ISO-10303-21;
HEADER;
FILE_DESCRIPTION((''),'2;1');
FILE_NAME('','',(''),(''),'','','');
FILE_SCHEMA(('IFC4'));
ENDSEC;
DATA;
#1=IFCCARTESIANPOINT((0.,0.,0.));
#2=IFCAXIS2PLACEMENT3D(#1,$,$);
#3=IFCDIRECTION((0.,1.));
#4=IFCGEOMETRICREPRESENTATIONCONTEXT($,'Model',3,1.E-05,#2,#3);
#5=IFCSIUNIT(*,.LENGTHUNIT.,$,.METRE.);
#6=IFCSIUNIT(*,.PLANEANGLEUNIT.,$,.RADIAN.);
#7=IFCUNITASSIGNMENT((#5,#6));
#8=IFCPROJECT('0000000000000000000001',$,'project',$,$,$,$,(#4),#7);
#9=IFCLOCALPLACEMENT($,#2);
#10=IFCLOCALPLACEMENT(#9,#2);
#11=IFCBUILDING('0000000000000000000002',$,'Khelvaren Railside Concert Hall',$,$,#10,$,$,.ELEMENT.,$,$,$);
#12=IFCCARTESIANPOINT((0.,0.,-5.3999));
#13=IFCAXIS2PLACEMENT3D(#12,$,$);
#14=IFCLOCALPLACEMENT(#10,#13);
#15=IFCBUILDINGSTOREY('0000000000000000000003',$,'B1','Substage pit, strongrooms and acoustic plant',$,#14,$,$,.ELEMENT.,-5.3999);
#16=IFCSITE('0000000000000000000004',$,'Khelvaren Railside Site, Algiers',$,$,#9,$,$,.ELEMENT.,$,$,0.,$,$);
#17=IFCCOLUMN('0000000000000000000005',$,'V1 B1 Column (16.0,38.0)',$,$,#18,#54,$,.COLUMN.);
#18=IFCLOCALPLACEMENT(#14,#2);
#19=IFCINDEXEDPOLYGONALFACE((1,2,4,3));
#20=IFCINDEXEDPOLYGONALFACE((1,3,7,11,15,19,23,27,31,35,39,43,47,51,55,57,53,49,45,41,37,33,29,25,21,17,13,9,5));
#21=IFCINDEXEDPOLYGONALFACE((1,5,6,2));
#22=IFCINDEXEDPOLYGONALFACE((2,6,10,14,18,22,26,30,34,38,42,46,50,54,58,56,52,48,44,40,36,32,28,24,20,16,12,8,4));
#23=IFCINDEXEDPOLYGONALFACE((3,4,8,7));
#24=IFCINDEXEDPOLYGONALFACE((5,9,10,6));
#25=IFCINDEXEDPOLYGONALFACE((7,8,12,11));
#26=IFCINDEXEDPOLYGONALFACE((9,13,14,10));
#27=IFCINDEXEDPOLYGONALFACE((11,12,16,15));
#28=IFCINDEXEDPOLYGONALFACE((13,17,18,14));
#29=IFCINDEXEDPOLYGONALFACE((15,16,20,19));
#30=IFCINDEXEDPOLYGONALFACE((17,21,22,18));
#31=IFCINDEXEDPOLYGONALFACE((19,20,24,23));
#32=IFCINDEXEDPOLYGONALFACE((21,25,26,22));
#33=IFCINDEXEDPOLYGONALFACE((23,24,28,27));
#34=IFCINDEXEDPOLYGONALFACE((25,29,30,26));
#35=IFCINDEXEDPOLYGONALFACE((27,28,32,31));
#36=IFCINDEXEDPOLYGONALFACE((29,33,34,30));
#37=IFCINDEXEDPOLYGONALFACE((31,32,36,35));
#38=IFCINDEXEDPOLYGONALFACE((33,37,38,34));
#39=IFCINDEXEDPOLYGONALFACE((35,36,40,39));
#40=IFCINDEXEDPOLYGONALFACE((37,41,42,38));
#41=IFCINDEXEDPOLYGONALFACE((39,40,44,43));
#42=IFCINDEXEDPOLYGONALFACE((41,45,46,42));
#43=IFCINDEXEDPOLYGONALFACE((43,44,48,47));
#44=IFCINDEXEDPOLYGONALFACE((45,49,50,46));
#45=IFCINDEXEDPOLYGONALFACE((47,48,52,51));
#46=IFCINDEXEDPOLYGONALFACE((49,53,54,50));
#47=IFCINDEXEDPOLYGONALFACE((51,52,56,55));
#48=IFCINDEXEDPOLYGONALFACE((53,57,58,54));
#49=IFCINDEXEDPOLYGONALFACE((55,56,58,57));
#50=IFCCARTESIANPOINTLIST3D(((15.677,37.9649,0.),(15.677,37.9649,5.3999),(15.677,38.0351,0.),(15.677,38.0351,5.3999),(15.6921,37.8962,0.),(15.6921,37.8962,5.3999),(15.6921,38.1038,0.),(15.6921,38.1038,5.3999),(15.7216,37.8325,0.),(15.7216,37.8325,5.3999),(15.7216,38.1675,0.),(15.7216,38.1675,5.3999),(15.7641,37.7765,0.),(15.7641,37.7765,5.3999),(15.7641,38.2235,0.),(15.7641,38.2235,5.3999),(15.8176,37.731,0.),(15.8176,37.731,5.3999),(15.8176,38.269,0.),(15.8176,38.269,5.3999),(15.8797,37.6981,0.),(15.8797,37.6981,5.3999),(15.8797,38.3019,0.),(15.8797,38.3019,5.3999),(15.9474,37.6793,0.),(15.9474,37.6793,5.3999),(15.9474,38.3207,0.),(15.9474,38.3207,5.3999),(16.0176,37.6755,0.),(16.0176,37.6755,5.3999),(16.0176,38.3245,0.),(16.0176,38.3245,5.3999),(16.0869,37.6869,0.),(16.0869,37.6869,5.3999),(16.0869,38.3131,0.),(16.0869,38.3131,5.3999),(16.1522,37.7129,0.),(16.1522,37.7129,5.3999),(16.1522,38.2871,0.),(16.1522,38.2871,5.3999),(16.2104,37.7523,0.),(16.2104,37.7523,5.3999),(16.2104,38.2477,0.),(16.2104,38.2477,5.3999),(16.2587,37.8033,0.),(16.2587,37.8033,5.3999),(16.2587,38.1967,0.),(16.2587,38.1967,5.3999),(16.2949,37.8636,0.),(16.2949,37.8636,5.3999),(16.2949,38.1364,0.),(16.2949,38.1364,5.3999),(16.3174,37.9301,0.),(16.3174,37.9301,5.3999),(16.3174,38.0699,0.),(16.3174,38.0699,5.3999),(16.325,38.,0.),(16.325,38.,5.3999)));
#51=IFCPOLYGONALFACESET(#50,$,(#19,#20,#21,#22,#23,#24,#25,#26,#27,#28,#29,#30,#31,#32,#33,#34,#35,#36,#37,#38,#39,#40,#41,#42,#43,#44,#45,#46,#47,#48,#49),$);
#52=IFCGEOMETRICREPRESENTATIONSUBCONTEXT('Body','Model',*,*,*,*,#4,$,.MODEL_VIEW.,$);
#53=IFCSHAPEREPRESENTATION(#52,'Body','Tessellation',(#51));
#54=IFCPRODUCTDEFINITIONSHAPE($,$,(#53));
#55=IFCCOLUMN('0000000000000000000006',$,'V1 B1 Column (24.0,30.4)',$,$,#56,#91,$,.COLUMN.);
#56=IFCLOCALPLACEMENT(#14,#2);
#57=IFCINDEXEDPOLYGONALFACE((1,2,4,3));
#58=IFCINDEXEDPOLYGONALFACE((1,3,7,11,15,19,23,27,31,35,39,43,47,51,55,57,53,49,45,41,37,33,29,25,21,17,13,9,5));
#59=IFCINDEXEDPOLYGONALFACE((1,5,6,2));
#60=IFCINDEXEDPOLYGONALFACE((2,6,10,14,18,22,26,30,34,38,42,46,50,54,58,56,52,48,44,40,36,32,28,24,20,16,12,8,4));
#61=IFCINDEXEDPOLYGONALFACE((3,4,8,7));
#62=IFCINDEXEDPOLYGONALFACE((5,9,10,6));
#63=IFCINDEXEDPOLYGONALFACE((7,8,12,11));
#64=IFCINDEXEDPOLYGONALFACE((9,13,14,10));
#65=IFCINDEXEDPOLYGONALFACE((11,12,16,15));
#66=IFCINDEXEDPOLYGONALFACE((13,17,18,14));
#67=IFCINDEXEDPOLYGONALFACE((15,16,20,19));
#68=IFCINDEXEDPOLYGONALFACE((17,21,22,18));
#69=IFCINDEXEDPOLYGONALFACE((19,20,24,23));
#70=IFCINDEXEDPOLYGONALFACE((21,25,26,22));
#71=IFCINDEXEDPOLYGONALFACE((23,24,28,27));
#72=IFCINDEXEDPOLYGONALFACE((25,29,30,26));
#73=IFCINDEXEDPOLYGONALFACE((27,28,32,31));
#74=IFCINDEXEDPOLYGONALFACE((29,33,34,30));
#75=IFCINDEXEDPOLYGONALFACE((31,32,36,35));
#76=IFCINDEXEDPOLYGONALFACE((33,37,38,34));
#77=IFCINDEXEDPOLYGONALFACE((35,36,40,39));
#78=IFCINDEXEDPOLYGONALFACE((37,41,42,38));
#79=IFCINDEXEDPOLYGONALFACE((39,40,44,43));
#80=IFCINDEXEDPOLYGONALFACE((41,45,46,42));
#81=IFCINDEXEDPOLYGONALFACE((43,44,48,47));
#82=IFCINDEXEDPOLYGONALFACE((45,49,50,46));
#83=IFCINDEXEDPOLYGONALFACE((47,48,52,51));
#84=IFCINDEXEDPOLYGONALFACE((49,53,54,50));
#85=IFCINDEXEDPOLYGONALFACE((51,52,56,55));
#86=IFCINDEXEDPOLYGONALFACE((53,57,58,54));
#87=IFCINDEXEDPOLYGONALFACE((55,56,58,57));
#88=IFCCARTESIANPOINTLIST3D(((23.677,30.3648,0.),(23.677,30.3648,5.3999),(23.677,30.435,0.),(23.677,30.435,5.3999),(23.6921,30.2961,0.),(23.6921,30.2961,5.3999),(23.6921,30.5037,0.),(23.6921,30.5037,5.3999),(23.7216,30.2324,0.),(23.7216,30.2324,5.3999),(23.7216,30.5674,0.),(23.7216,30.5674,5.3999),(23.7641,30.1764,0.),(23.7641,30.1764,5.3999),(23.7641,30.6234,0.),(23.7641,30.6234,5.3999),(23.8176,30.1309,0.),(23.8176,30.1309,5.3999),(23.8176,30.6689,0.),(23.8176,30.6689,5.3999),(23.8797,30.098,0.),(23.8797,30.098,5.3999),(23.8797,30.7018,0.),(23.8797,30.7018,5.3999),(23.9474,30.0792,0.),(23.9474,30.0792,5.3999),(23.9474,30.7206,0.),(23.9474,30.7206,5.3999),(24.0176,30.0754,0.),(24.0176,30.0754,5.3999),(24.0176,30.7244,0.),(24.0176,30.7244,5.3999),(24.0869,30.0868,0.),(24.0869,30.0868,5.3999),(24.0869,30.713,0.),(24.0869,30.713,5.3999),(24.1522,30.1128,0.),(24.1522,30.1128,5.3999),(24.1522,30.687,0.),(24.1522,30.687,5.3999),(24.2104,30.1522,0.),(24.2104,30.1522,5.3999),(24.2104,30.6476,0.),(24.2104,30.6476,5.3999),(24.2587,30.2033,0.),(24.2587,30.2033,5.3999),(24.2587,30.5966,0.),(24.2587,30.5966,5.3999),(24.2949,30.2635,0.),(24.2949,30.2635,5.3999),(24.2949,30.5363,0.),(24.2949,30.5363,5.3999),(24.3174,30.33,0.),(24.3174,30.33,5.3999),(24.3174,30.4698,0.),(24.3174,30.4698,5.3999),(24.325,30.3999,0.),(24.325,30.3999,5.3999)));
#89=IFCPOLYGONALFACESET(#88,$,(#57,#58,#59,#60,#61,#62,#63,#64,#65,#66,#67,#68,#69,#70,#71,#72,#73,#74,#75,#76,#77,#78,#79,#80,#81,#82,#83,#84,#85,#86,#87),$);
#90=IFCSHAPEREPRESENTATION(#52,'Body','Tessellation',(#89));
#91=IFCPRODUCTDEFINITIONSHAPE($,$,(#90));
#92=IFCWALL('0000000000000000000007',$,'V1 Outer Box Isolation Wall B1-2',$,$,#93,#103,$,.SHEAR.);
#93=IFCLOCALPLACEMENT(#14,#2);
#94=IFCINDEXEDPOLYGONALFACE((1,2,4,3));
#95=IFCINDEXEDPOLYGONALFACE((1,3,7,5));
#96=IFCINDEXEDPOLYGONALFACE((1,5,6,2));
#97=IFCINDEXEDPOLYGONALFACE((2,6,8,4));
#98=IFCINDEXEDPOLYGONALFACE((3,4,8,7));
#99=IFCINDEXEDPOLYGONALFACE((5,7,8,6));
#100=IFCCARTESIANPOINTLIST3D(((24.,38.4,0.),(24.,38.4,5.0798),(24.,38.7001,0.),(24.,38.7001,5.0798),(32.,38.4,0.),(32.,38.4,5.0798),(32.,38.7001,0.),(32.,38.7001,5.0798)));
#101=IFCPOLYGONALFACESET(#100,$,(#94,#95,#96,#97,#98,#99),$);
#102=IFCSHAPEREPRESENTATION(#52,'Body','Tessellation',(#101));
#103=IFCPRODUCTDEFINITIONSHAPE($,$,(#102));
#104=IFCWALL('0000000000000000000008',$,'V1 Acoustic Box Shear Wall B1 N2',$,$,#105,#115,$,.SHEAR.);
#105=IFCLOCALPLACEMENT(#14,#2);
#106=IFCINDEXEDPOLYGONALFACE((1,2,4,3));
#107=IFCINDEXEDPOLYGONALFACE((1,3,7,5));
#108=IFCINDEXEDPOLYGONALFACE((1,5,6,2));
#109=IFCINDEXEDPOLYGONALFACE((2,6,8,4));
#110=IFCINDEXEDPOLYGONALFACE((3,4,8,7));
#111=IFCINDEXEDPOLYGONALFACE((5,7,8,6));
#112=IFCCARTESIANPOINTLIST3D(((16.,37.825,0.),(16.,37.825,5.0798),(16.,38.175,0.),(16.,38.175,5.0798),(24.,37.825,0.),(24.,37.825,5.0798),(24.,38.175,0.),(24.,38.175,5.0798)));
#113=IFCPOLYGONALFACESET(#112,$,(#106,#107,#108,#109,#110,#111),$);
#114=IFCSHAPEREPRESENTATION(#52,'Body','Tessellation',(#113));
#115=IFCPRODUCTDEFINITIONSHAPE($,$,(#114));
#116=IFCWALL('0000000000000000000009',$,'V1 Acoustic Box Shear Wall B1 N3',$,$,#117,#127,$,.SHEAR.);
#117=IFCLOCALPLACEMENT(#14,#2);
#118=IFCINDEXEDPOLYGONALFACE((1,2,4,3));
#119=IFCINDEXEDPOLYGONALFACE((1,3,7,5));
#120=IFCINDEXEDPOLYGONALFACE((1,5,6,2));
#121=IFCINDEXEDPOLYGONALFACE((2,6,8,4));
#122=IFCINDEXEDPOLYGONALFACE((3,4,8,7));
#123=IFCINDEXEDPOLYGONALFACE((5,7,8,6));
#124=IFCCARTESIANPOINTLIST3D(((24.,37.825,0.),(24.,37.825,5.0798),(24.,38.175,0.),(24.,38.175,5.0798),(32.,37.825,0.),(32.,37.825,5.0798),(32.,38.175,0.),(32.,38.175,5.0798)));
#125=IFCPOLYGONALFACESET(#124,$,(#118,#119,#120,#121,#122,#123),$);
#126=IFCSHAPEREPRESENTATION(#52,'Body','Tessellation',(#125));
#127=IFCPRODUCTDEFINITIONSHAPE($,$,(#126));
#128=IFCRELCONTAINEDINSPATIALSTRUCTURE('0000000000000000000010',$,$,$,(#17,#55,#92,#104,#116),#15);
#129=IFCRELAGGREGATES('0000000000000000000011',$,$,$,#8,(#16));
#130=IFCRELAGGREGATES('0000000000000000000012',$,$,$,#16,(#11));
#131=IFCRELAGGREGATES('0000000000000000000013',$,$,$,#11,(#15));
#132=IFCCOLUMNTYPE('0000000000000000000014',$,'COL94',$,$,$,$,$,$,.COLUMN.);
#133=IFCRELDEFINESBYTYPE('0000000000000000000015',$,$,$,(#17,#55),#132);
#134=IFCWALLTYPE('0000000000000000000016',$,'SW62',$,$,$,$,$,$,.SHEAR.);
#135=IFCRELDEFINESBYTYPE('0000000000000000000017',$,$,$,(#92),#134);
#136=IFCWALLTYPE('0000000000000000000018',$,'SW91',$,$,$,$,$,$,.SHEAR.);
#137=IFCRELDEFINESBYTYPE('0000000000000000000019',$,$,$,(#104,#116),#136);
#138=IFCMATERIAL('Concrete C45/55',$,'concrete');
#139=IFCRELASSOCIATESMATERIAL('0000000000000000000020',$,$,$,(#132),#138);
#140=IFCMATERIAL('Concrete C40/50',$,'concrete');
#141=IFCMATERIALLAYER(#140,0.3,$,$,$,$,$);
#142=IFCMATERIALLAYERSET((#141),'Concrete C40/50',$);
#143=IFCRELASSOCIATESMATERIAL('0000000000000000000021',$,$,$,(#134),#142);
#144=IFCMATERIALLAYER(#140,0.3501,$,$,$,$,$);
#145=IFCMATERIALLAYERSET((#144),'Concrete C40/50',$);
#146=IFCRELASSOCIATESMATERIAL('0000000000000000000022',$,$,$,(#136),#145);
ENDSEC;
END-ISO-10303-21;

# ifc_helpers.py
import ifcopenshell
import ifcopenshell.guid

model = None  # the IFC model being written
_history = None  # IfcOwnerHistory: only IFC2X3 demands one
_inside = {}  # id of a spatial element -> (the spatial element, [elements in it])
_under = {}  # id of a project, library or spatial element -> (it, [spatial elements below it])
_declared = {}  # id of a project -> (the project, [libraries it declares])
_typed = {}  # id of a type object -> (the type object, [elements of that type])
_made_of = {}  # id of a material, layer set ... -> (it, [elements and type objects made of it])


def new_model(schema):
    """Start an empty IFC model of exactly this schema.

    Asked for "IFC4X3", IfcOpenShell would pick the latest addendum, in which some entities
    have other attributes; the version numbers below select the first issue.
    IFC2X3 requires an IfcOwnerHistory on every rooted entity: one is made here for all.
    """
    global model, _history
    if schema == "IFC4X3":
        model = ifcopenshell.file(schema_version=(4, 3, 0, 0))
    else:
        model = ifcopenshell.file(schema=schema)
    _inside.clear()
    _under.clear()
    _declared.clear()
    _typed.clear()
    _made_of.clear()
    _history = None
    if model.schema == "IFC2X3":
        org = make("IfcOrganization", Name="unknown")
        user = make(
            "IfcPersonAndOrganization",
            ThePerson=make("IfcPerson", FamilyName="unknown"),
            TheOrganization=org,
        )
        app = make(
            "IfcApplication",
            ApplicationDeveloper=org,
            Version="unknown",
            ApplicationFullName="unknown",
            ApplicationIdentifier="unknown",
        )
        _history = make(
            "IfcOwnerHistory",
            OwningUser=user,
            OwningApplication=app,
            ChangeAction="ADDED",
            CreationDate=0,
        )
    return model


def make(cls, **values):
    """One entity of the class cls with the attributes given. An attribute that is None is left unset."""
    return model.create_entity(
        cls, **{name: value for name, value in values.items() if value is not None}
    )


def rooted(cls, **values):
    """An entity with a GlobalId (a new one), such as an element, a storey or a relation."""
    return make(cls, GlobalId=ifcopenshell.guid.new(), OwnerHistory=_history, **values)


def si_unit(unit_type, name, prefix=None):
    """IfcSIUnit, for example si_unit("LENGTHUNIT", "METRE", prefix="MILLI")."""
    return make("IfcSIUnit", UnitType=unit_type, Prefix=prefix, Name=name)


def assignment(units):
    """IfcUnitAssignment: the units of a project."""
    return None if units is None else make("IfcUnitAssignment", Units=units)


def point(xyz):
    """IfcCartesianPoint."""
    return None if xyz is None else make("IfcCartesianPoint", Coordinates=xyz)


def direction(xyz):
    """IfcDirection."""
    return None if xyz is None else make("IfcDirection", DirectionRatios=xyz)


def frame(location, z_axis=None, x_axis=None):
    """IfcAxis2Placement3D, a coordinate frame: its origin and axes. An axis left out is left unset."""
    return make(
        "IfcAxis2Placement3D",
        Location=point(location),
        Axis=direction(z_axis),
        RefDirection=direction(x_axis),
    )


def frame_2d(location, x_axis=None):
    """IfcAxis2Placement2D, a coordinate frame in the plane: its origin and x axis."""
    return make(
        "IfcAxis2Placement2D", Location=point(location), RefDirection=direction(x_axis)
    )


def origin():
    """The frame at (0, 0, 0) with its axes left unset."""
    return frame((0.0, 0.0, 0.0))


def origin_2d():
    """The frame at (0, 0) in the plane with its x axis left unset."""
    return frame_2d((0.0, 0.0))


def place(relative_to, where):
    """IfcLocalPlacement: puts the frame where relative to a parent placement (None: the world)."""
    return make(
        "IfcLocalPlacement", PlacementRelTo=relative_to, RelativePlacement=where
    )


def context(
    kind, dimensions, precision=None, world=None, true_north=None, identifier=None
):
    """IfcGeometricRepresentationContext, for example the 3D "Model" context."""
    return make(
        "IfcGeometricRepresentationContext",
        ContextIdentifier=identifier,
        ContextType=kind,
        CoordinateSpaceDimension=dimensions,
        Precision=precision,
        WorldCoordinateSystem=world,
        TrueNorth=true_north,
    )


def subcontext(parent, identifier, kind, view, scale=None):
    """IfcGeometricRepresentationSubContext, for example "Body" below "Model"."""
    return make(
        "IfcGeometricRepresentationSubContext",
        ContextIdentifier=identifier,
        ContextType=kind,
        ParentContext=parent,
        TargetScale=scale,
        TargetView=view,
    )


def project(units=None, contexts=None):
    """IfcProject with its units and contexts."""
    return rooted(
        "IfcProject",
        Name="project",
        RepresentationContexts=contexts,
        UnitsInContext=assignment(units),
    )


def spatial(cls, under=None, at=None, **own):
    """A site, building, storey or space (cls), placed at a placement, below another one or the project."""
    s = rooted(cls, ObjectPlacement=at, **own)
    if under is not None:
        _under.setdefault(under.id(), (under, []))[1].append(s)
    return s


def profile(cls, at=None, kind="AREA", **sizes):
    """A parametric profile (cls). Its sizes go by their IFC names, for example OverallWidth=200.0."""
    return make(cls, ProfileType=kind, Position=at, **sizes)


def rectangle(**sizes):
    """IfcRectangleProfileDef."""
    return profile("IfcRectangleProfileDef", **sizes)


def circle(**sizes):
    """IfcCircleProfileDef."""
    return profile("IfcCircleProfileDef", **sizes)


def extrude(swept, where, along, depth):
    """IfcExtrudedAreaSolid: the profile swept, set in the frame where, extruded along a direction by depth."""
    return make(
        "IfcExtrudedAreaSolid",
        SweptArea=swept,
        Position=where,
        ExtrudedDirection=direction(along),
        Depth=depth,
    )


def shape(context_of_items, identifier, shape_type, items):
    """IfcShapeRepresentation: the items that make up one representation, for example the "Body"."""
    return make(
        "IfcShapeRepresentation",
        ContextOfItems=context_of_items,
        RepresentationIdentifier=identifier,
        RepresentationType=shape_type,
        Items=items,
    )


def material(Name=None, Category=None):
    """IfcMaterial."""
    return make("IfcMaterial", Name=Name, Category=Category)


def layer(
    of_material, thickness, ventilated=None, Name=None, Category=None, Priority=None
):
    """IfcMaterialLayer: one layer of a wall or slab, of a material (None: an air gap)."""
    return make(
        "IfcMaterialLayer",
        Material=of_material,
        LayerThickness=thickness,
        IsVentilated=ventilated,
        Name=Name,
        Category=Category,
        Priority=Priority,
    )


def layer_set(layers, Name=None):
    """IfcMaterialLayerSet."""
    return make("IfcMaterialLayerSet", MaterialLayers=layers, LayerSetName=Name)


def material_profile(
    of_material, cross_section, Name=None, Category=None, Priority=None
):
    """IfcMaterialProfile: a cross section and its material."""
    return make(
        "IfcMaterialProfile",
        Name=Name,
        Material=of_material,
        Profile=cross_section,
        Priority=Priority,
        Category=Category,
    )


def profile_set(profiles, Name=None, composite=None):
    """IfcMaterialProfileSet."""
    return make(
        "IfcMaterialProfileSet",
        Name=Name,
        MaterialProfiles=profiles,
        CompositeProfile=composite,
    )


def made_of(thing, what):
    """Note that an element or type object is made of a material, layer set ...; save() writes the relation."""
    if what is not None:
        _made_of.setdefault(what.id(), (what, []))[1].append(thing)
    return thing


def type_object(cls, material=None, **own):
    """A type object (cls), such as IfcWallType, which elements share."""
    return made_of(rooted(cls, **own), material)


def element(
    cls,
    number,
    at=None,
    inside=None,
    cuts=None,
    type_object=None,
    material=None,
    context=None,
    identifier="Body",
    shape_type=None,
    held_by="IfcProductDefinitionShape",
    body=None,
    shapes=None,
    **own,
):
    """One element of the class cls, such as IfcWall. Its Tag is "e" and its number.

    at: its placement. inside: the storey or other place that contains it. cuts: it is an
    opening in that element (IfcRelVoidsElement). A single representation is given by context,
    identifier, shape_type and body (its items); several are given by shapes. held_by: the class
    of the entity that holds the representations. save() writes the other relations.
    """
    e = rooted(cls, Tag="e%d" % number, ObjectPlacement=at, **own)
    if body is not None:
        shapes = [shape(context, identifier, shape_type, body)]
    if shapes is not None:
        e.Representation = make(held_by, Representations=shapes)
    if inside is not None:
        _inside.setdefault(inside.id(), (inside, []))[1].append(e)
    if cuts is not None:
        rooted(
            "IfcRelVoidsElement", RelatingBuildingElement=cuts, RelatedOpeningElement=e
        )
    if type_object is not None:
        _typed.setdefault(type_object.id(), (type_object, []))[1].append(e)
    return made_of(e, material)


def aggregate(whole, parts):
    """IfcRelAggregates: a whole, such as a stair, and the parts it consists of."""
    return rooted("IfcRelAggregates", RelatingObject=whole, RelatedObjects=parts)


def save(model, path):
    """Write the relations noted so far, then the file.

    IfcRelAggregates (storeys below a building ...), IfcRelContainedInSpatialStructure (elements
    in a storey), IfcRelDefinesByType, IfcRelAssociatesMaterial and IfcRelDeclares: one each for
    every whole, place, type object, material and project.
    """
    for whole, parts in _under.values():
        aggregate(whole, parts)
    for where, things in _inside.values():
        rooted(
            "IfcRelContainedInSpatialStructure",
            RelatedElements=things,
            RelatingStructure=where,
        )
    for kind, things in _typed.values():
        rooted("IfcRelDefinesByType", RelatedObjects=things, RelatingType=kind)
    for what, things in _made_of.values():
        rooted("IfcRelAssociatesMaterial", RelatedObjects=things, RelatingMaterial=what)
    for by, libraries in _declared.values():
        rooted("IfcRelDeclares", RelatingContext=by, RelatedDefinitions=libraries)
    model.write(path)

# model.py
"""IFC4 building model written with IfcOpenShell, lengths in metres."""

from ifc_helpers import new_model, si_unit, direction, frame, frame_2d, origin, origin_2d, place, context, subcontext, project, spatial, rectangle, circle, extrude, material, layer, layer_set, material_profile, profile_set, type_object, element, save


model = new_model("IFC4")

# Units and contexts
model_context = context("Model", 3, precision=1e-05, world=origin(), true_north=direction((0.0, 1.0)))
body_context = subcontext(model_context, "Body", "Model", "MODEL_VIEW")
ifc_project = project(units=[si_unit("LENGTHUNIT", "METRE"), si_unit("PLANEANGLEUNIT", "RADIAN")], contexts=[model_context])

# Site, building, storey
site_placement = place(None, origin())
site = spatial("IfcSite", under=ifc_project, at=site_placement, Name="Khelvaren Railside Site, Algiers", CompositionType="ELEMENT", RefElevation=0.0)
building_placement = place(site_placement, origin())
building = spatial("IfcBuilding", under=site, at=building_placement, Name="Khelvaren Railside Concert Hall", CompositionType="ELEMENT")
storey_placement = place(building_placement, frame((0.0, 0.0, -5.3999)))
storey = spatial("IfcBuildingStorey", under=building, at=storey_placement, Name="B1", Description="Substage pit, strongrooms and acoustic plant", CompositionType="ELEMENT", Elevation=-5.3999)

# Columns
ifc_material_1 = material(Name="Concrete C45/55", Category="concrete")
ifc_material_profile_1 = material_profile(ifc_material_1, circle(Radius=0.325, at=origin_2d()), Name="RC D650")
ifc_profile_set_1 = profile_set([ifc_material_profile_1], Name="Concrete C45/55")
column_type_1 = type_object("IfcColumnType", Name="COL94", PredefinedType="COLUMN", material=ifc_profile_set_1)
for number, where, z_axis, x_axis, name in (
    (1, (16.0, 38.0, 0.0), (0.0, 0.0, 1.0), (1.0, 0.0, 0.0), "V1 B1 Column (16.0,38.0)"),
    (2, (24.0, 30.3999, 0.0), (0.0, 0.0, 1.0), (1.0, 0.0, 0.0), "V1 B1 Column (24.0,30.4)"),
):
    element("IfcColumn", number, at=place(storey_placement, frame(where, z_axis=z_axis, x_axis=x_axis)), inside=storey, type_object=column_type_1, Name=name, PredefinedType="COLUMN", context=body_context, shape_type="SweptSolid", body=[
        extrude(circle(Radius=0.325, at=origin_2d()), origin(), (0.0, 0.0, 1.0), 5.3999),
    ])

# Walls
ifc_material_2 = material(Name="Concrete C40/50", Category="concrete")
ifc_layer_1 = layer(ifc_material_2, 0.3)
ifc_layer_set_1 = layer_set([ifc_layer_1], Name="Concrete C40/50")
wall_type_1 = type_object("IfcWallType", Name="SW62", PredefinedType="SHEAR", material=ifc_layer_set_1)
wall_placement = place(storey_placement, frame((24.0, 38.55, 0.0), z_axis=(0.0, 0.0, 1.0), x_axis=(1.0, 0.0, 0.0)))
element("IfcWall", 3, at=wall_placement, inside=storey, type_object=wall_type_1, Name="V1 Outer Box Isolation Wall B1-2", PredefinedType="SHEAR", context=body_context, shape_type="SweptSolid", body=[
    extrude(rectangle(XDim=8.0, YDim=0.3, at=frame_2d((4.0, 0.0))), origin(), (0.0, 0.0, 1.0), 5.0798),
])
ifc_layer_2 = layer(ifc_material_2, 0.3501)
ifc_layer_set_2 = layer_set([ifc_layer_2], Name="Concrete C40/50")
wall_type_2 = type_object("IfcWallType", Name="SW91", PredefinedType="SHEAR", material=ifc_layer_set_2)
for number, where, z_axis, x_axis, name in (
    (4, (16.0, 38.0, 0.0), (0.0, 0.0, 1.0), (1.0, 0.0, 0.0), "V1 Acoustic Box Shear Wall B1 N2"),
    (5, (24.0, 38.0, 0.0), (0.0, 0.0, 1.0), (1.0, 0.0, 0.0), "V1 Acoustic Box Shear Wall B1 N3"),
):
    element("IfcWall", number, at=place(storey_placement, frame(where, z_axis=z_axis, x_axis=x_axis)), inside=storey, type_object=wall_type_2, Name=name, PredefinedType="SHEAR", context=body_context, shape_type="SweptSolid", body=[
        extrude(rectangle(XDim=8.0, YDim=0.3501, at=frame_2d((4.0, 0.0))), origin(), (0.0, 0.0, 1.0), 5.0798),
    ])

save(model, "model.ifc")
